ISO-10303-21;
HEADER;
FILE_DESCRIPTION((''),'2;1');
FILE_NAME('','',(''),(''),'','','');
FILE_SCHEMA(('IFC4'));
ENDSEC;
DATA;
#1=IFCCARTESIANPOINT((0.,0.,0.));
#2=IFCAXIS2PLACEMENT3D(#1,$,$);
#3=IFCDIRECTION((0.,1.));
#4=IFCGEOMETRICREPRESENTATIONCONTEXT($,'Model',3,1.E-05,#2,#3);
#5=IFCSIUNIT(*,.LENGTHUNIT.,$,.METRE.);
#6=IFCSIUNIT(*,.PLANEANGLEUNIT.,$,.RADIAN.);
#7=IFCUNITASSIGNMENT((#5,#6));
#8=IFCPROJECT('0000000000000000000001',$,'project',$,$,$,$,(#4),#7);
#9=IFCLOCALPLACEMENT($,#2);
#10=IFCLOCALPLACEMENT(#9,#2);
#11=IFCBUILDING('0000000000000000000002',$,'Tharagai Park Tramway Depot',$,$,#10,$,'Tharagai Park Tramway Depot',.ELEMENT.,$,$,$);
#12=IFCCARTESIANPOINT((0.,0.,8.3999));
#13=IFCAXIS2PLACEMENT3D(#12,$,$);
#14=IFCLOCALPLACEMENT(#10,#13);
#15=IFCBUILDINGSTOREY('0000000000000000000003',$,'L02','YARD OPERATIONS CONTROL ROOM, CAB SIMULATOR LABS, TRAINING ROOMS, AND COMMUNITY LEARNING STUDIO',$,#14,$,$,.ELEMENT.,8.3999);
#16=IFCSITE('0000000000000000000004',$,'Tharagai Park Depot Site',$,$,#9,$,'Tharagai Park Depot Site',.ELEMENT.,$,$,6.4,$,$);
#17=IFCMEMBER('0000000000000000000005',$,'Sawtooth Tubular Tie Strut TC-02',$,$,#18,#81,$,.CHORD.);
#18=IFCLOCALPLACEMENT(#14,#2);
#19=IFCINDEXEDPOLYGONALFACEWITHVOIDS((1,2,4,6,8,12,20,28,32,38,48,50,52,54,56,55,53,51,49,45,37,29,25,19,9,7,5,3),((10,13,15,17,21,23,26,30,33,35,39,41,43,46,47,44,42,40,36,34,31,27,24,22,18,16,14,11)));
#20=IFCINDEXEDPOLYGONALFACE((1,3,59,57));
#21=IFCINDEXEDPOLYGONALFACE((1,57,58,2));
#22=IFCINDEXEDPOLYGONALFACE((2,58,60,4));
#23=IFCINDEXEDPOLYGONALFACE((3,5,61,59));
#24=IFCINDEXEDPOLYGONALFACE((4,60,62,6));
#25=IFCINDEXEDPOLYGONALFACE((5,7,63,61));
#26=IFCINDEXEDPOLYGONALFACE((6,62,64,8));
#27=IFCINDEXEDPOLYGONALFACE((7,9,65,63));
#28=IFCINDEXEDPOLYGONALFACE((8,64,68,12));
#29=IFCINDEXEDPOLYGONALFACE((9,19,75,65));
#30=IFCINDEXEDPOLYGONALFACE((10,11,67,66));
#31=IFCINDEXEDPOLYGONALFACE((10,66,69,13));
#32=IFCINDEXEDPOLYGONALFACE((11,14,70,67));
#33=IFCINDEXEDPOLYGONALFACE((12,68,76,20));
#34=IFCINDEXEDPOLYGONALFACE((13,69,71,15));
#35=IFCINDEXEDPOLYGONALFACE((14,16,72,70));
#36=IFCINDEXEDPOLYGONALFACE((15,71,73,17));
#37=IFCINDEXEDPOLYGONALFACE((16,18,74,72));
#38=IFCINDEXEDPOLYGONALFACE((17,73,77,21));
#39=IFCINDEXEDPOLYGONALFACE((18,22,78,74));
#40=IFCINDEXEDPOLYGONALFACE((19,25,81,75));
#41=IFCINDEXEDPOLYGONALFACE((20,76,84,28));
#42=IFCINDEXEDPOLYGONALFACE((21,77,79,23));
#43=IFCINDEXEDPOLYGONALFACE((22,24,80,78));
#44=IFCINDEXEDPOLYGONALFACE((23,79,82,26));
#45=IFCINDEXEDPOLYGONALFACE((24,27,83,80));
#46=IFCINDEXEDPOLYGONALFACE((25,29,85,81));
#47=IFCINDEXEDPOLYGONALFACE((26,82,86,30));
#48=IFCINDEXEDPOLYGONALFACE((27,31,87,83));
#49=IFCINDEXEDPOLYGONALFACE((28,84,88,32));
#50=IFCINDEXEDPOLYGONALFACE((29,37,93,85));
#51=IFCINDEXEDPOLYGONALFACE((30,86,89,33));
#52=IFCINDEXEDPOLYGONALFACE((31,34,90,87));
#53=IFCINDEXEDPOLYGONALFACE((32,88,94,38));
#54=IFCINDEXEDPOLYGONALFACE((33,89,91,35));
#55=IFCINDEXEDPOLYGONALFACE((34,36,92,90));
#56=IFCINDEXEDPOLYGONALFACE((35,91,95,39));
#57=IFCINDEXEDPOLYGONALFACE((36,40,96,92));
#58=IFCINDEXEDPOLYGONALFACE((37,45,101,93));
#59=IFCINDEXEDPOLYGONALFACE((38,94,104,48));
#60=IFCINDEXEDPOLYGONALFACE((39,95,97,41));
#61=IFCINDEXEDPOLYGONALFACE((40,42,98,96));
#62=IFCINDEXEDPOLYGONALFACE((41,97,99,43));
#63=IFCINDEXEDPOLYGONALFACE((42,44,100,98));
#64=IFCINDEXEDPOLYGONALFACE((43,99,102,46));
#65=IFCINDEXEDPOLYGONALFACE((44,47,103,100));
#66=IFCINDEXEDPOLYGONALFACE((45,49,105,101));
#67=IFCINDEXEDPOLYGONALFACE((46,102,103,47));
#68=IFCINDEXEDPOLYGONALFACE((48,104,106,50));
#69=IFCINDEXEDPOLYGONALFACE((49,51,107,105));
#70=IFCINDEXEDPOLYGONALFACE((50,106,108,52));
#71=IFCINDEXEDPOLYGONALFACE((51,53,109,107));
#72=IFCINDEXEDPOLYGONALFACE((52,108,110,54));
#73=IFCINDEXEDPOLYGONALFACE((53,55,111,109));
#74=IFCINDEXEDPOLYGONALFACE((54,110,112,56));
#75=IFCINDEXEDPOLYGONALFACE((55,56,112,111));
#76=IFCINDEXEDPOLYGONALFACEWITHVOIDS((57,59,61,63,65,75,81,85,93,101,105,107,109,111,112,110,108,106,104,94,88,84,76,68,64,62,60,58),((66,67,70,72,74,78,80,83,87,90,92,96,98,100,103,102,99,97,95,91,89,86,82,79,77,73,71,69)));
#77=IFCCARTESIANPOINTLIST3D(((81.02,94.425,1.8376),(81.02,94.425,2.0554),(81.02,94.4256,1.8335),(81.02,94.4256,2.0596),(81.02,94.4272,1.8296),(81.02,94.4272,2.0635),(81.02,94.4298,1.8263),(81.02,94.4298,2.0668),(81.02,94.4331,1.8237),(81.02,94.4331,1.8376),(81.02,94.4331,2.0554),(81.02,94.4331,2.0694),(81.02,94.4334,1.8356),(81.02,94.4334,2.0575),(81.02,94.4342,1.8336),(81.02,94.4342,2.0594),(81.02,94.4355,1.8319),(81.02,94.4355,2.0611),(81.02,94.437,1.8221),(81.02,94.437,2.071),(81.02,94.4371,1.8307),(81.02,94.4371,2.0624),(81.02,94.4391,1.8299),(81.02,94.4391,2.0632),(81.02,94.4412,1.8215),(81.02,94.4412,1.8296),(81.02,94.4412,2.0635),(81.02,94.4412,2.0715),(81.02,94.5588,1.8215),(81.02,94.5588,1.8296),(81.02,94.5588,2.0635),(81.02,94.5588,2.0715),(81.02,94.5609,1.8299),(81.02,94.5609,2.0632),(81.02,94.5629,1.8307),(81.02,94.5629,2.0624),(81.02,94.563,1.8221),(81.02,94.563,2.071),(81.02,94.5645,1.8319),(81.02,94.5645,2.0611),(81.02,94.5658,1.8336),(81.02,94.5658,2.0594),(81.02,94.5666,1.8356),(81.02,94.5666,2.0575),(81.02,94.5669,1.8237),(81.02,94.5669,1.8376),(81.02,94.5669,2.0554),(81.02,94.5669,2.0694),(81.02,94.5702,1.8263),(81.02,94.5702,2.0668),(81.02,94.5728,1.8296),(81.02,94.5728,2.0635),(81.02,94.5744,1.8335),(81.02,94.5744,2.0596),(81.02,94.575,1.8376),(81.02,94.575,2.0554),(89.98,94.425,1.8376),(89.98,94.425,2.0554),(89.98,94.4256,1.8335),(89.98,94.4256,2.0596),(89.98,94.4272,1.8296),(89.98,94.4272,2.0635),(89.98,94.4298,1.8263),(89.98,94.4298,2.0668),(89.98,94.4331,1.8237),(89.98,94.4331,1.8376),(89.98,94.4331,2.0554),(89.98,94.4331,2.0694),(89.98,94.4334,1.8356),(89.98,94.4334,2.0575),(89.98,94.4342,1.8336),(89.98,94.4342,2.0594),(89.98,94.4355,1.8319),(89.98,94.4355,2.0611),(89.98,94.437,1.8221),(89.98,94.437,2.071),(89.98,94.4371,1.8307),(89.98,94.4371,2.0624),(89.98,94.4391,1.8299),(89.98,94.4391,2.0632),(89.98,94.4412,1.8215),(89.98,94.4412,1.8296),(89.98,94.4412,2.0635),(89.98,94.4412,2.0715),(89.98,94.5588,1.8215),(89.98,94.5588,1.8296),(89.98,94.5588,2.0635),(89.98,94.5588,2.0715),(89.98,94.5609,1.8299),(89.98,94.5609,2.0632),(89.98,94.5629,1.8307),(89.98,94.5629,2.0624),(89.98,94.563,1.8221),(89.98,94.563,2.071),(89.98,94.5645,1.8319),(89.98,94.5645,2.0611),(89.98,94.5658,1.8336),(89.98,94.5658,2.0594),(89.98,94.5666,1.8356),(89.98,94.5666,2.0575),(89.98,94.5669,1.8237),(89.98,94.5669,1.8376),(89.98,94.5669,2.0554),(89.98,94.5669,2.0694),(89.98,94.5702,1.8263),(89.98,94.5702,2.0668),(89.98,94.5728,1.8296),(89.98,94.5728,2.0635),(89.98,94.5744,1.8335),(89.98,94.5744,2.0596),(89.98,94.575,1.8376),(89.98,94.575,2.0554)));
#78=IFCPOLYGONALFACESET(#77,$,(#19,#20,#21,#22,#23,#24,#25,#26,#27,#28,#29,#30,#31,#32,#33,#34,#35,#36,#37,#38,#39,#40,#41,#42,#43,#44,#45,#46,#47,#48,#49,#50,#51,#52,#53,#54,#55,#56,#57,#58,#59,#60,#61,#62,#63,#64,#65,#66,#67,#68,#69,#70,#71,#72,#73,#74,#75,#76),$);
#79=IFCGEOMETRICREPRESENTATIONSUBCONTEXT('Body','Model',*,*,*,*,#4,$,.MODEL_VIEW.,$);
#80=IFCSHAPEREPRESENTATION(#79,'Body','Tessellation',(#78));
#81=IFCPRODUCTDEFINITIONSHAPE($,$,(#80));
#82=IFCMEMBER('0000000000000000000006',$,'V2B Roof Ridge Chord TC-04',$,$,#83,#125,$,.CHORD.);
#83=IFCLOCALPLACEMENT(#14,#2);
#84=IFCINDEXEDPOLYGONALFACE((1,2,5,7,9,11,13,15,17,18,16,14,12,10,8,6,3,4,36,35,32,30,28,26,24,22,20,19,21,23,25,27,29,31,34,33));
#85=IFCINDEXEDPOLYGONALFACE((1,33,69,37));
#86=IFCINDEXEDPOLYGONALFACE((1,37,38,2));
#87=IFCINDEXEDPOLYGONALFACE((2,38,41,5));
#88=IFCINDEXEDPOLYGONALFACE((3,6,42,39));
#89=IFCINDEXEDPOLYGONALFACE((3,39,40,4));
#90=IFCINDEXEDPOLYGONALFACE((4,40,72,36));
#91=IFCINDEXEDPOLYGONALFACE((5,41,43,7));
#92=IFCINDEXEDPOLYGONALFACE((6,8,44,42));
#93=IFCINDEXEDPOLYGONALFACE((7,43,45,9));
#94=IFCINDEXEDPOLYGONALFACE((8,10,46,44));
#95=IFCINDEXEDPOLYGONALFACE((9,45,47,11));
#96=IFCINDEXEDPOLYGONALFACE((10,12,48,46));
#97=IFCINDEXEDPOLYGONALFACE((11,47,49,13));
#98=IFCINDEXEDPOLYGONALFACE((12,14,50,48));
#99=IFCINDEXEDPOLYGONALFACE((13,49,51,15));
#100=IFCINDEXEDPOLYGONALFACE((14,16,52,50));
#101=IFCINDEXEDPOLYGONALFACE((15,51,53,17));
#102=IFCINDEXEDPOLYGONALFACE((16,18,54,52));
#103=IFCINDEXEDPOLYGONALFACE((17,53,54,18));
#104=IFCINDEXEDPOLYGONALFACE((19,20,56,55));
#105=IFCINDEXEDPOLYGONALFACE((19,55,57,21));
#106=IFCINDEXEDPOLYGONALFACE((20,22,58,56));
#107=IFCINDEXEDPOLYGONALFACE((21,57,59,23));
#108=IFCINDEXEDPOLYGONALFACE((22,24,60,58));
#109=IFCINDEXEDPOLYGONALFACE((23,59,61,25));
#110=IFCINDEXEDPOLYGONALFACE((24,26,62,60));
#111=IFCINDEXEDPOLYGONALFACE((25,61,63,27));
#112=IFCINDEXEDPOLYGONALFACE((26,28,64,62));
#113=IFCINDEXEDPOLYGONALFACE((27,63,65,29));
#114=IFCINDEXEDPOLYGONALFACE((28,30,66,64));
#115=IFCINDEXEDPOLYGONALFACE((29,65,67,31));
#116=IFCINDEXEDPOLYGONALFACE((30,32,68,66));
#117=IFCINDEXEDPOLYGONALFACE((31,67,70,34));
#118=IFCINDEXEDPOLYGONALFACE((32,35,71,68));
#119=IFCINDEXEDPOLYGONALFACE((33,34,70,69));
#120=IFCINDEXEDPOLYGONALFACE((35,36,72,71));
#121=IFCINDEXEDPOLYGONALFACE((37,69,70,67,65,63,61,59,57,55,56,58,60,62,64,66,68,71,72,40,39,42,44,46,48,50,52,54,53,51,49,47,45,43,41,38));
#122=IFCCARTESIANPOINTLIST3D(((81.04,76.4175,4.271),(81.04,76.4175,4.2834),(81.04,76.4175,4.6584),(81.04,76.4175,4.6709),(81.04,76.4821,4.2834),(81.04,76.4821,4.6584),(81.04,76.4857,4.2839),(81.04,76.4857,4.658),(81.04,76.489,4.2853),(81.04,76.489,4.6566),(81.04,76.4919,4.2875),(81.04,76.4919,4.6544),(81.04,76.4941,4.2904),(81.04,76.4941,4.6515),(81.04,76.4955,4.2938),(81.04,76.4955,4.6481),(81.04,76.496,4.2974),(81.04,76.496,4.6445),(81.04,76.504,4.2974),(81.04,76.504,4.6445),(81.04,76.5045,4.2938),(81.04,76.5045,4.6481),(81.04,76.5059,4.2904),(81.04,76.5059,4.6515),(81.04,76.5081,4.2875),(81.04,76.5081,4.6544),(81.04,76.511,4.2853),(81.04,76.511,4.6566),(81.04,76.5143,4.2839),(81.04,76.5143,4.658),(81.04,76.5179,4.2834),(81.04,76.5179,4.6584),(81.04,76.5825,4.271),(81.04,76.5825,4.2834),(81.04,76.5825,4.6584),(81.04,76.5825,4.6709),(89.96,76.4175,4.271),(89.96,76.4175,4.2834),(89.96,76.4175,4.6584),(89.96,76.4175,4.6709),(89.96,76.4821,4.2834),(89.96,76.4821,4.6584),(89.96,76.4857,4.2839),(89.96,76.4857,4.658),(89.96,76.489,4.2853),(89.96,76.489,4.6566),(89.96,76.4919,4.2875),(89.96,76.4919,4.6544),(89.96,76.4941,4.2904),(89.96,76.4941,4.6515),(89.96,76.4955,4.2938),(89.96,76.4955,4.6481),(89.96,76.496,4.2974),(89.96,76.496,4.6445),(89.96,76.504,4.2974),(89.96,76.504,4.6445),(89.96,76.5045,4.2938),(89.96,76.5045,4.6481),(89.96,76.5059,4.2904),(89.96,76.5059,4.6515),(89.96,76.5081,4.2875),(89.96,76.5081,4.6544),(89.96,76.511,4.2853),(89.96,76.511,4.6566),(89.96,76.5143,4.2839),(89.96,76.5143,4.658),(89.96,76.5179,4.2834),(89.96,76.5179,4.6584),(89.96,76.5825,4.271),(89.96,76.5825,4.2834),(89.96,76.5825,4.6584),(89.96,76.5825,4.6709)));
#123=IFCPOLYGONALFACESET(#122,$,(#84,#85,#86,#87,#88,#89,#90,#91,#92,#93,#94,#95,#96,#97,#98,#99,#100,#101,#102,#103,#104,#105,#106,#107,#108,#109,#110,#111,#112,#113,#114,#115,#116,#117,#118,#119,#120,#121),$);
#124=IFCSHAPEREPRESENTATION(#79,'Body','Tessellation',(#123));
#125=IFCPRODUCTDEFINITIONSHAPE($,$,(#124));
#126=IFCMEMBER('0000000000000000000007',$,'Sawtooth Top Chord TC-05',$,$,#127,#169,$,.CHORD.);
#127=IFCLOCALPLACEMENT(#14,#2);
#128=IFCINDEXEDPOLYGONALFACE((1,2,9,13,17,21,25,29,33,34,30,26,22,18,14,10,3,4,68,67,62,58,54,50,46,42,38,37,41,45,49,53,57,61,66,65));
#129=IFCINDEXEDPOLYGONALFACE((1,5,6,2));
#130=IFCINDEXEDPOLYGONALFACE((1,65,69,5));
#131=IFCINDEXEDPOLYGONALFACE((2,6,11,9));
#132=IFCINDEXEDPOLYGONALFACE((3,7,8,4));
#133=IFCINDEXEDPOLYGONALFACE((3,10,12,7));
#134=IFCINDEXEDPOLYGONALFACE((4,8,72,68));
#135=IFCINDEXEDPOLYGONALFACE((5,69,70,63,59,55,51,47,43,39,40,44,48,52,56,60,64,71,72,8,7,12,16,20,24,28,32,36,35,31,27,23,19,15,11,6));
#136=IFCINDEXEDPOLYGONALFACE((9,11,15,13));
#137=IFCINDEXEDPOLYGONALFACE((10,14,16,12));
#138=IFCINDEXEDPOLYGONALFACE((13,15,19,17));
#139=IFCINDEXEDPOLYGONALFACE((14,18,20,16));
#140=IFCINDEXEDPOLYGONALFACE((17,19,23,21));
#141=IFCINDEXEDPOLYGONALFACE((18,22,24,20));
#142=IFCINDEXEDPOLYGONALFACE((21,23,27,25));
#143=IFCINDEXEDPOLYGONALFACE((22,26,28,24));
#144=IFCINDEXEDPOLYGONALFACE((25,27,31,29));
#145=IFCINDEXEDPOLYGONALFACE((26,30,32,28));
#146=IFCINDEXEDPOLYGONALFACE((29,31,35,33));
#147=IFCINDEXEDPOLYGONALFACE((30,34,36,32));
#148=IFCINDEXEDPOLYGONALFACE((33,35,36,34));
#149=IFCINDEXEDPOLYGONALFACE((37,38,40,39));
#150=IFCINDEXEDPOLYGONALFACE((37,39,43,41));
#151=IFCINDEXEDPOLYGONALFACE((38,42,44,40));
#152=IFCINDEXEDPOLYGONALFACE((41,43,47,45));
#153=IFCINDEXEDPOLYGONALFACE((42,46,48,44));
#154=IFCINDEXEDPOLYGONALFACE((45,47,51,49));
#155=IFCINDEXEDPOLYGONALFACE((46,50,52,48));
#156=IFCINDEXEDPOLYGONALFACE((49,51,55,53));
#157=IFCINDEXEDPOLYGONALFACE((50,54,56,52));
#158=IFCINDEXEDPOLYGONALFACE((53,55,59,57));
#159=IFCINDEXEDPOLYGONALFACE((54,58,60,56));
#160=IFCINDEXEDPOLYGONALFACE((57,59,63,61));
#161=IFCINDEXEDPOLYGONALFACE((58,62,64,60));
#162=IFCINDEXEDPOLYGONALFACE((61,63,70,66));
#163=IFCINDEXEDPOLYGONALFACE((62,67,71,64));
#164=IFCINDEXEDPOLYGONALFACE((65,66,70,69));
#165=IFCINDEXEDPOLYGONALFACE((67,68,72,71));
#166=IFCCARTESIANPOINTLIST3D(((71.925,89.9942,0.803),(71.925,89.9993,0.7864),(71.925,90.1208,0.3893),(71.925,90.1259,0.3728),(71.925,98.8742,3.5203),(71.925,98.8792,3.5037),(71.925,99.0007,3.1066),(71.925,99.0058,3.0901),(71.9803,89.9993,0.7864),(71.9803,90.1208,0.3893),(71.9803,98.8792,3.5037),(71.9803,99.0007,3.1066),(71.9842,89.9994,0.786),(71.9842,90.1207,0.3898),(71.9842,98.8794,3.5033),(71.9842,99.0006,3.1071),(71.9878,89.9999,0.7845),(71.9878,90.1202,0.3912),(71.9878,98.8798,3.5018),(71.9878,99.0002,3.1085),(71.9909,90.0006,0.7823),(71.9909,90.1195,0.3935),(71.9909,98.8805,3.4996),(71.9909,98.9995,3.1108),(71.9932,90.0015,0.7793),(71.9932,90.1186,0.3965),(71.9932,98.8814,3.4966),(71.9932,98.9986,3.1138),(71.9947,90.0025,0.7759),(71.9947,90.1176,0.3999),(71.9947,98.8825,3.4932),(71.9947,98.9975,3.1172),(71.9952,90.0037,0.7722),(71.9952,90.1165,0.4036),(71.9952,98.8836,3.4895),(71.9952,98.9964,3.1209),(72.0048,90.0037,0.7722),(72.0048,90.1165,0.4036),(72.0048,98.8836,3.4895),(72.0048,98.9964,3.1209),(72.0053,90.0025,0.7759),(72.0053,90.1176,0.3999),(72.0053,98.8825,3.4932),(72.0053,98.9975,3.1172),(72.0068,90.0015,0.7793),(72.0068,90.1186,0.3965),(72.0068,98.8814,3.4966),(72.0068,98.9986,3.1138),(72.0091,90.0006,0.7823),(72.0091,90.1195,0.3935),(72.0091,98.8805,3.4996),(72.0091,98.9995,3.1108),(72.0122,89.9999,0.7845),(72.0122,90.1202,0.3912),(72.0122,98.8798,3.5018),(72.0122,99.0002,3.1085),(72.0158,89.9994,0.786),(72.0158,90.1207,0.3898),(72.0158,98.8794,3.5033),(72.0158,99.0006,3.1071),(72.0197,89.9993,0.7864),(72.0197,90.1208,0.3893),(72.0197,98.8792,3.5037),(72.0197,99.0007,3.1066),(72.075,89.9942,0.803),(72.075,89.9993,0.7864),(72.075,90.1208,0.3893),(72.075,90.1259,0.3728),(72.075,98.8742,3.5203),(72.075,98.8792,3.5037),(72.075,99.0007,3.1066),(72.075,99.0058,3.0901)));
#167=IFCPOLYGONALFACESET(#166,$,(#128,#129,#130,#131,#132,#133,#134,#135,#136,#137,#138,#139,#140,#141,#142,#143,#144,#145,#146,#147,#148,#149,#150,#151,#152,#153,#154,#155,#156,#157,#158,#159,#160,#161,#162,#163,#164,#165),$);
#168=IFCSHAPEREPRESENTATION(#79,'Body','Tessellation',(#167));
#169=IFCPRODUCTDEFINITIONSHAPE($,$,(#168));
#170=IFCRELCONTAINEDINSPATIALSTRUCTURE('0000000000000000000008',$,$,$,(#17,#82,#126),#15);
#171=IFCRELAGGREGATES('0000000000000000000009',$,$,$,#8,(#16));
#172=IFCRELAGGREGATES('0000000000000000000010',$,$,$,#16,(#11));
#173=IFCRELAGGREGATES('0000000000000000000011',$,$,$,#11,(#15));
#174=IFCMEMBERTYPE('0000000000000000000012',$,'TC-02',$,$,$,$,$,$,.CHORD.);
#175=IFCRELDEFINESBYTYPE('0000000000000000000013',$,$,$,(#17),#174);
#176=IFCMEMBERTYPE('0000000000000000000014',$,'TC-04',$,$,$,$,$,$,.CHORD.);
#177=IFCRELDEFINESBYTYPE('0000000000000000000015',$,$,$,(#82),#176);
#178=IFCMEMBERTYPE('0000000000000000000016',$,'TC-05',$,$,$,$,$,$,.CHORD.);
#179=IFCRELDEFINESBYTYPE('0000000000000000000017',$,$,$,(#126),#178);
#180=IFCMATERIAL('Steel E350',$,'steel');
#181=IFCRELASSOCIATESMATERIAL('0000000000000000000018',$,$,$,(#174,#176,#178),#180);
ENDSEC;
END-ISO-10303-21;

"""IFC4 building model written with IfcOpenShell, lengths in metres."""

from ifc_helpers import new_model, si_unit, direction, frame, origin, origin_2d, place, context, subcontext, project, spatial, hollow_rectangle, i_section, extrude, material, material_profile, profile_set, type_object, element, save


model = new_model("IFC4")

# Units and contexts
model_context = context("Model", 3, precision=1e-05, world=origin(), true_north=direction((0.0, 1.0)))
body_context = subcontext(model_context, "Body", "Model", "MODEL_VIEW")
ifc_project = project(units=[si_unit("LENGTHUNIT", "METRE"), si_unit("PLANEANGLEUNIT", "RADIAN")], contexts=[model_context])

# Site, building, storey
site_placement = place(None, origin())
site = spatial("IfcSite", under=ifc_project, at=site_placement, Name="Tharagai Park Depot Site", LongName="Tharagai Park Depot Site", CompositionType="ELEMENT", RefElevation=6.4)
building_placement = place(site_placement, origin())
building = spatial("IfcBuilding", under=site, at=building_placement, Name="Tharagai Park Tramway Depot", LongName="Tharagai Park Tramway Depot", CompositionType="ELEMENT")
storey_placement = place(building_placement, frame((0.0, 0.0, 8.3999)))
storey = spatial("IfcBuildingStorey", under=building, at=storey_placement, Name="L02", Description="YARD OPERATIONS CONTROL ROOM, CAB SIMULATOR LABS, TRAINING ROOMS, AND COMMUNITY LEARNING STUDIO", CompositionType="ELEMENT", Elevation=8.3999)

# Shared definitions
ifc_material_1 = material(Name="Steel E350", Category="steel")

# Members
ifc_material_profile_1 = material_profile(ifc_material_1, hollow_rectangle(XDim=0.1499, YDim=0.25, WallThickness=0.0081, InnerFilletRadius=0.0081, OuterFilletRadius=0.0161, at=origin_2d()), Name="RHS 250x150x8")
ifc_profile_set_1 = profile_set([ifc_material_profile_1], Name="Steel E350")
member_type_1 = type_object("IfcMemberType", Name="TC-02", PredefinedType="CHORD", material=ifc_profile_set_1)
for number, where, z_axis, x_axis, name in (
    (1, (81.02, 94.5, 1.9465), (1.0, 0.0, 0.0), (0.0, 1.0, 0.0), "Sawtooth Tubular Tie Strut TC-02"),
):
    element("IfcMember", number, at=place(storey_placement, frame(where, z_axis=z_axis, x_axis=x_axis)), inside=storey, type_object=member_type_1, Name=name, PredefinedType="CHORD", context=body_context, shape_type="SweptSolid", body=[
        extrude(hollow_rectangle(XDim=0.1499, YDim=0.25, WallThickness=0.0081, InnerFilletRadius=0.0081, OuterFilletRadius=0.0161, at=origin_2d()), origin(), (0.0, 0.0, 1.0), 8.96),
    ])
ifc_material_profile_2 = material_profile(ifc_material_1, i_section(OverallWidth=0.165, OverallDepth=0.3999, WebThickness=0.0081, FlangeThickness=0.0125, FilletRadius=0.0139, at=origin_2d()), Name="ISLB 400")
ifc_profile_set_2 = profile_set([ifc_material_profile_2], Name="Steel E350")
member_type_2 = type_object("IfcMemberType", Name="TC-04", PredefinedType="CHORD", material=ifc_profile_set_2)
member_1_placement = place(storey_placement, frame((81.04, 76.5, 4.4709), z_axis=(1.0, 0.0, 0.0), x_axis=(0.0, 1.0, 0.0)))
element("IfcMember", 2, at=member_1_placement, inside=storey, type_object=member_type_2, Name="V2B Roof Ridge Chord TC-04", PredefinedType="CHORD", context=body_context, shape_type="SweptSolid", body=[
    extrude(i_section(OverallWidth=0.165, OverallDepth=0.3999, WebThickness=0.0081, FlangeThickness=0.0125, FilletRadius=0.0139, at=origin_2d()), origin(), (0.0, 0.0, 1.0), 8.9199),
])
ifc_material_profile_3 = material_profile(ifc_material_1, i_section(OverallWidth=0.1499, OverallDepth=0.45, WebThickness=0.0095, FlangeThickness=0.0173, FilletRadius=0.0149, at=origin_2d()), Name="ISMB 450")
ifc_profile_set_3 = profile_set([ifc_material_profile_3], Name="Steel E350")
member_type_3 = type_object("IfcMemberType", Name="TC-05", PredefinedType="CHORD", material=ifc_profile_set_3)
for number, where, z_axis, x_axis, name in (
    (3, (72.0, 90.0601, 0.5879), (0.0, 0.956231, 0.292611), (-1.0, 0.0, 0.0), "Sawtooth Top Chord TC-05"),
):
    element("IfcMember", number, at=place(storey_placement, frame(where, z_axis=z_axis, x_axis=x_axis)), inside=storey, type_object=member_type_3, Name=name, PredefinedType="CHORD", context=body_context, shape_type="SweptSolid", body=[
        extrude(i_section(OverallWidth=0.1499, OverallDepth=0.45, WebThickness=0.0095, FlangeThickness=0.0173, FilletRadius=0.0149, at=origin_2d()), origin(), (0.0, 0.0, 1.0), 9.2864),
    ])

save(model, "model.ifc")
